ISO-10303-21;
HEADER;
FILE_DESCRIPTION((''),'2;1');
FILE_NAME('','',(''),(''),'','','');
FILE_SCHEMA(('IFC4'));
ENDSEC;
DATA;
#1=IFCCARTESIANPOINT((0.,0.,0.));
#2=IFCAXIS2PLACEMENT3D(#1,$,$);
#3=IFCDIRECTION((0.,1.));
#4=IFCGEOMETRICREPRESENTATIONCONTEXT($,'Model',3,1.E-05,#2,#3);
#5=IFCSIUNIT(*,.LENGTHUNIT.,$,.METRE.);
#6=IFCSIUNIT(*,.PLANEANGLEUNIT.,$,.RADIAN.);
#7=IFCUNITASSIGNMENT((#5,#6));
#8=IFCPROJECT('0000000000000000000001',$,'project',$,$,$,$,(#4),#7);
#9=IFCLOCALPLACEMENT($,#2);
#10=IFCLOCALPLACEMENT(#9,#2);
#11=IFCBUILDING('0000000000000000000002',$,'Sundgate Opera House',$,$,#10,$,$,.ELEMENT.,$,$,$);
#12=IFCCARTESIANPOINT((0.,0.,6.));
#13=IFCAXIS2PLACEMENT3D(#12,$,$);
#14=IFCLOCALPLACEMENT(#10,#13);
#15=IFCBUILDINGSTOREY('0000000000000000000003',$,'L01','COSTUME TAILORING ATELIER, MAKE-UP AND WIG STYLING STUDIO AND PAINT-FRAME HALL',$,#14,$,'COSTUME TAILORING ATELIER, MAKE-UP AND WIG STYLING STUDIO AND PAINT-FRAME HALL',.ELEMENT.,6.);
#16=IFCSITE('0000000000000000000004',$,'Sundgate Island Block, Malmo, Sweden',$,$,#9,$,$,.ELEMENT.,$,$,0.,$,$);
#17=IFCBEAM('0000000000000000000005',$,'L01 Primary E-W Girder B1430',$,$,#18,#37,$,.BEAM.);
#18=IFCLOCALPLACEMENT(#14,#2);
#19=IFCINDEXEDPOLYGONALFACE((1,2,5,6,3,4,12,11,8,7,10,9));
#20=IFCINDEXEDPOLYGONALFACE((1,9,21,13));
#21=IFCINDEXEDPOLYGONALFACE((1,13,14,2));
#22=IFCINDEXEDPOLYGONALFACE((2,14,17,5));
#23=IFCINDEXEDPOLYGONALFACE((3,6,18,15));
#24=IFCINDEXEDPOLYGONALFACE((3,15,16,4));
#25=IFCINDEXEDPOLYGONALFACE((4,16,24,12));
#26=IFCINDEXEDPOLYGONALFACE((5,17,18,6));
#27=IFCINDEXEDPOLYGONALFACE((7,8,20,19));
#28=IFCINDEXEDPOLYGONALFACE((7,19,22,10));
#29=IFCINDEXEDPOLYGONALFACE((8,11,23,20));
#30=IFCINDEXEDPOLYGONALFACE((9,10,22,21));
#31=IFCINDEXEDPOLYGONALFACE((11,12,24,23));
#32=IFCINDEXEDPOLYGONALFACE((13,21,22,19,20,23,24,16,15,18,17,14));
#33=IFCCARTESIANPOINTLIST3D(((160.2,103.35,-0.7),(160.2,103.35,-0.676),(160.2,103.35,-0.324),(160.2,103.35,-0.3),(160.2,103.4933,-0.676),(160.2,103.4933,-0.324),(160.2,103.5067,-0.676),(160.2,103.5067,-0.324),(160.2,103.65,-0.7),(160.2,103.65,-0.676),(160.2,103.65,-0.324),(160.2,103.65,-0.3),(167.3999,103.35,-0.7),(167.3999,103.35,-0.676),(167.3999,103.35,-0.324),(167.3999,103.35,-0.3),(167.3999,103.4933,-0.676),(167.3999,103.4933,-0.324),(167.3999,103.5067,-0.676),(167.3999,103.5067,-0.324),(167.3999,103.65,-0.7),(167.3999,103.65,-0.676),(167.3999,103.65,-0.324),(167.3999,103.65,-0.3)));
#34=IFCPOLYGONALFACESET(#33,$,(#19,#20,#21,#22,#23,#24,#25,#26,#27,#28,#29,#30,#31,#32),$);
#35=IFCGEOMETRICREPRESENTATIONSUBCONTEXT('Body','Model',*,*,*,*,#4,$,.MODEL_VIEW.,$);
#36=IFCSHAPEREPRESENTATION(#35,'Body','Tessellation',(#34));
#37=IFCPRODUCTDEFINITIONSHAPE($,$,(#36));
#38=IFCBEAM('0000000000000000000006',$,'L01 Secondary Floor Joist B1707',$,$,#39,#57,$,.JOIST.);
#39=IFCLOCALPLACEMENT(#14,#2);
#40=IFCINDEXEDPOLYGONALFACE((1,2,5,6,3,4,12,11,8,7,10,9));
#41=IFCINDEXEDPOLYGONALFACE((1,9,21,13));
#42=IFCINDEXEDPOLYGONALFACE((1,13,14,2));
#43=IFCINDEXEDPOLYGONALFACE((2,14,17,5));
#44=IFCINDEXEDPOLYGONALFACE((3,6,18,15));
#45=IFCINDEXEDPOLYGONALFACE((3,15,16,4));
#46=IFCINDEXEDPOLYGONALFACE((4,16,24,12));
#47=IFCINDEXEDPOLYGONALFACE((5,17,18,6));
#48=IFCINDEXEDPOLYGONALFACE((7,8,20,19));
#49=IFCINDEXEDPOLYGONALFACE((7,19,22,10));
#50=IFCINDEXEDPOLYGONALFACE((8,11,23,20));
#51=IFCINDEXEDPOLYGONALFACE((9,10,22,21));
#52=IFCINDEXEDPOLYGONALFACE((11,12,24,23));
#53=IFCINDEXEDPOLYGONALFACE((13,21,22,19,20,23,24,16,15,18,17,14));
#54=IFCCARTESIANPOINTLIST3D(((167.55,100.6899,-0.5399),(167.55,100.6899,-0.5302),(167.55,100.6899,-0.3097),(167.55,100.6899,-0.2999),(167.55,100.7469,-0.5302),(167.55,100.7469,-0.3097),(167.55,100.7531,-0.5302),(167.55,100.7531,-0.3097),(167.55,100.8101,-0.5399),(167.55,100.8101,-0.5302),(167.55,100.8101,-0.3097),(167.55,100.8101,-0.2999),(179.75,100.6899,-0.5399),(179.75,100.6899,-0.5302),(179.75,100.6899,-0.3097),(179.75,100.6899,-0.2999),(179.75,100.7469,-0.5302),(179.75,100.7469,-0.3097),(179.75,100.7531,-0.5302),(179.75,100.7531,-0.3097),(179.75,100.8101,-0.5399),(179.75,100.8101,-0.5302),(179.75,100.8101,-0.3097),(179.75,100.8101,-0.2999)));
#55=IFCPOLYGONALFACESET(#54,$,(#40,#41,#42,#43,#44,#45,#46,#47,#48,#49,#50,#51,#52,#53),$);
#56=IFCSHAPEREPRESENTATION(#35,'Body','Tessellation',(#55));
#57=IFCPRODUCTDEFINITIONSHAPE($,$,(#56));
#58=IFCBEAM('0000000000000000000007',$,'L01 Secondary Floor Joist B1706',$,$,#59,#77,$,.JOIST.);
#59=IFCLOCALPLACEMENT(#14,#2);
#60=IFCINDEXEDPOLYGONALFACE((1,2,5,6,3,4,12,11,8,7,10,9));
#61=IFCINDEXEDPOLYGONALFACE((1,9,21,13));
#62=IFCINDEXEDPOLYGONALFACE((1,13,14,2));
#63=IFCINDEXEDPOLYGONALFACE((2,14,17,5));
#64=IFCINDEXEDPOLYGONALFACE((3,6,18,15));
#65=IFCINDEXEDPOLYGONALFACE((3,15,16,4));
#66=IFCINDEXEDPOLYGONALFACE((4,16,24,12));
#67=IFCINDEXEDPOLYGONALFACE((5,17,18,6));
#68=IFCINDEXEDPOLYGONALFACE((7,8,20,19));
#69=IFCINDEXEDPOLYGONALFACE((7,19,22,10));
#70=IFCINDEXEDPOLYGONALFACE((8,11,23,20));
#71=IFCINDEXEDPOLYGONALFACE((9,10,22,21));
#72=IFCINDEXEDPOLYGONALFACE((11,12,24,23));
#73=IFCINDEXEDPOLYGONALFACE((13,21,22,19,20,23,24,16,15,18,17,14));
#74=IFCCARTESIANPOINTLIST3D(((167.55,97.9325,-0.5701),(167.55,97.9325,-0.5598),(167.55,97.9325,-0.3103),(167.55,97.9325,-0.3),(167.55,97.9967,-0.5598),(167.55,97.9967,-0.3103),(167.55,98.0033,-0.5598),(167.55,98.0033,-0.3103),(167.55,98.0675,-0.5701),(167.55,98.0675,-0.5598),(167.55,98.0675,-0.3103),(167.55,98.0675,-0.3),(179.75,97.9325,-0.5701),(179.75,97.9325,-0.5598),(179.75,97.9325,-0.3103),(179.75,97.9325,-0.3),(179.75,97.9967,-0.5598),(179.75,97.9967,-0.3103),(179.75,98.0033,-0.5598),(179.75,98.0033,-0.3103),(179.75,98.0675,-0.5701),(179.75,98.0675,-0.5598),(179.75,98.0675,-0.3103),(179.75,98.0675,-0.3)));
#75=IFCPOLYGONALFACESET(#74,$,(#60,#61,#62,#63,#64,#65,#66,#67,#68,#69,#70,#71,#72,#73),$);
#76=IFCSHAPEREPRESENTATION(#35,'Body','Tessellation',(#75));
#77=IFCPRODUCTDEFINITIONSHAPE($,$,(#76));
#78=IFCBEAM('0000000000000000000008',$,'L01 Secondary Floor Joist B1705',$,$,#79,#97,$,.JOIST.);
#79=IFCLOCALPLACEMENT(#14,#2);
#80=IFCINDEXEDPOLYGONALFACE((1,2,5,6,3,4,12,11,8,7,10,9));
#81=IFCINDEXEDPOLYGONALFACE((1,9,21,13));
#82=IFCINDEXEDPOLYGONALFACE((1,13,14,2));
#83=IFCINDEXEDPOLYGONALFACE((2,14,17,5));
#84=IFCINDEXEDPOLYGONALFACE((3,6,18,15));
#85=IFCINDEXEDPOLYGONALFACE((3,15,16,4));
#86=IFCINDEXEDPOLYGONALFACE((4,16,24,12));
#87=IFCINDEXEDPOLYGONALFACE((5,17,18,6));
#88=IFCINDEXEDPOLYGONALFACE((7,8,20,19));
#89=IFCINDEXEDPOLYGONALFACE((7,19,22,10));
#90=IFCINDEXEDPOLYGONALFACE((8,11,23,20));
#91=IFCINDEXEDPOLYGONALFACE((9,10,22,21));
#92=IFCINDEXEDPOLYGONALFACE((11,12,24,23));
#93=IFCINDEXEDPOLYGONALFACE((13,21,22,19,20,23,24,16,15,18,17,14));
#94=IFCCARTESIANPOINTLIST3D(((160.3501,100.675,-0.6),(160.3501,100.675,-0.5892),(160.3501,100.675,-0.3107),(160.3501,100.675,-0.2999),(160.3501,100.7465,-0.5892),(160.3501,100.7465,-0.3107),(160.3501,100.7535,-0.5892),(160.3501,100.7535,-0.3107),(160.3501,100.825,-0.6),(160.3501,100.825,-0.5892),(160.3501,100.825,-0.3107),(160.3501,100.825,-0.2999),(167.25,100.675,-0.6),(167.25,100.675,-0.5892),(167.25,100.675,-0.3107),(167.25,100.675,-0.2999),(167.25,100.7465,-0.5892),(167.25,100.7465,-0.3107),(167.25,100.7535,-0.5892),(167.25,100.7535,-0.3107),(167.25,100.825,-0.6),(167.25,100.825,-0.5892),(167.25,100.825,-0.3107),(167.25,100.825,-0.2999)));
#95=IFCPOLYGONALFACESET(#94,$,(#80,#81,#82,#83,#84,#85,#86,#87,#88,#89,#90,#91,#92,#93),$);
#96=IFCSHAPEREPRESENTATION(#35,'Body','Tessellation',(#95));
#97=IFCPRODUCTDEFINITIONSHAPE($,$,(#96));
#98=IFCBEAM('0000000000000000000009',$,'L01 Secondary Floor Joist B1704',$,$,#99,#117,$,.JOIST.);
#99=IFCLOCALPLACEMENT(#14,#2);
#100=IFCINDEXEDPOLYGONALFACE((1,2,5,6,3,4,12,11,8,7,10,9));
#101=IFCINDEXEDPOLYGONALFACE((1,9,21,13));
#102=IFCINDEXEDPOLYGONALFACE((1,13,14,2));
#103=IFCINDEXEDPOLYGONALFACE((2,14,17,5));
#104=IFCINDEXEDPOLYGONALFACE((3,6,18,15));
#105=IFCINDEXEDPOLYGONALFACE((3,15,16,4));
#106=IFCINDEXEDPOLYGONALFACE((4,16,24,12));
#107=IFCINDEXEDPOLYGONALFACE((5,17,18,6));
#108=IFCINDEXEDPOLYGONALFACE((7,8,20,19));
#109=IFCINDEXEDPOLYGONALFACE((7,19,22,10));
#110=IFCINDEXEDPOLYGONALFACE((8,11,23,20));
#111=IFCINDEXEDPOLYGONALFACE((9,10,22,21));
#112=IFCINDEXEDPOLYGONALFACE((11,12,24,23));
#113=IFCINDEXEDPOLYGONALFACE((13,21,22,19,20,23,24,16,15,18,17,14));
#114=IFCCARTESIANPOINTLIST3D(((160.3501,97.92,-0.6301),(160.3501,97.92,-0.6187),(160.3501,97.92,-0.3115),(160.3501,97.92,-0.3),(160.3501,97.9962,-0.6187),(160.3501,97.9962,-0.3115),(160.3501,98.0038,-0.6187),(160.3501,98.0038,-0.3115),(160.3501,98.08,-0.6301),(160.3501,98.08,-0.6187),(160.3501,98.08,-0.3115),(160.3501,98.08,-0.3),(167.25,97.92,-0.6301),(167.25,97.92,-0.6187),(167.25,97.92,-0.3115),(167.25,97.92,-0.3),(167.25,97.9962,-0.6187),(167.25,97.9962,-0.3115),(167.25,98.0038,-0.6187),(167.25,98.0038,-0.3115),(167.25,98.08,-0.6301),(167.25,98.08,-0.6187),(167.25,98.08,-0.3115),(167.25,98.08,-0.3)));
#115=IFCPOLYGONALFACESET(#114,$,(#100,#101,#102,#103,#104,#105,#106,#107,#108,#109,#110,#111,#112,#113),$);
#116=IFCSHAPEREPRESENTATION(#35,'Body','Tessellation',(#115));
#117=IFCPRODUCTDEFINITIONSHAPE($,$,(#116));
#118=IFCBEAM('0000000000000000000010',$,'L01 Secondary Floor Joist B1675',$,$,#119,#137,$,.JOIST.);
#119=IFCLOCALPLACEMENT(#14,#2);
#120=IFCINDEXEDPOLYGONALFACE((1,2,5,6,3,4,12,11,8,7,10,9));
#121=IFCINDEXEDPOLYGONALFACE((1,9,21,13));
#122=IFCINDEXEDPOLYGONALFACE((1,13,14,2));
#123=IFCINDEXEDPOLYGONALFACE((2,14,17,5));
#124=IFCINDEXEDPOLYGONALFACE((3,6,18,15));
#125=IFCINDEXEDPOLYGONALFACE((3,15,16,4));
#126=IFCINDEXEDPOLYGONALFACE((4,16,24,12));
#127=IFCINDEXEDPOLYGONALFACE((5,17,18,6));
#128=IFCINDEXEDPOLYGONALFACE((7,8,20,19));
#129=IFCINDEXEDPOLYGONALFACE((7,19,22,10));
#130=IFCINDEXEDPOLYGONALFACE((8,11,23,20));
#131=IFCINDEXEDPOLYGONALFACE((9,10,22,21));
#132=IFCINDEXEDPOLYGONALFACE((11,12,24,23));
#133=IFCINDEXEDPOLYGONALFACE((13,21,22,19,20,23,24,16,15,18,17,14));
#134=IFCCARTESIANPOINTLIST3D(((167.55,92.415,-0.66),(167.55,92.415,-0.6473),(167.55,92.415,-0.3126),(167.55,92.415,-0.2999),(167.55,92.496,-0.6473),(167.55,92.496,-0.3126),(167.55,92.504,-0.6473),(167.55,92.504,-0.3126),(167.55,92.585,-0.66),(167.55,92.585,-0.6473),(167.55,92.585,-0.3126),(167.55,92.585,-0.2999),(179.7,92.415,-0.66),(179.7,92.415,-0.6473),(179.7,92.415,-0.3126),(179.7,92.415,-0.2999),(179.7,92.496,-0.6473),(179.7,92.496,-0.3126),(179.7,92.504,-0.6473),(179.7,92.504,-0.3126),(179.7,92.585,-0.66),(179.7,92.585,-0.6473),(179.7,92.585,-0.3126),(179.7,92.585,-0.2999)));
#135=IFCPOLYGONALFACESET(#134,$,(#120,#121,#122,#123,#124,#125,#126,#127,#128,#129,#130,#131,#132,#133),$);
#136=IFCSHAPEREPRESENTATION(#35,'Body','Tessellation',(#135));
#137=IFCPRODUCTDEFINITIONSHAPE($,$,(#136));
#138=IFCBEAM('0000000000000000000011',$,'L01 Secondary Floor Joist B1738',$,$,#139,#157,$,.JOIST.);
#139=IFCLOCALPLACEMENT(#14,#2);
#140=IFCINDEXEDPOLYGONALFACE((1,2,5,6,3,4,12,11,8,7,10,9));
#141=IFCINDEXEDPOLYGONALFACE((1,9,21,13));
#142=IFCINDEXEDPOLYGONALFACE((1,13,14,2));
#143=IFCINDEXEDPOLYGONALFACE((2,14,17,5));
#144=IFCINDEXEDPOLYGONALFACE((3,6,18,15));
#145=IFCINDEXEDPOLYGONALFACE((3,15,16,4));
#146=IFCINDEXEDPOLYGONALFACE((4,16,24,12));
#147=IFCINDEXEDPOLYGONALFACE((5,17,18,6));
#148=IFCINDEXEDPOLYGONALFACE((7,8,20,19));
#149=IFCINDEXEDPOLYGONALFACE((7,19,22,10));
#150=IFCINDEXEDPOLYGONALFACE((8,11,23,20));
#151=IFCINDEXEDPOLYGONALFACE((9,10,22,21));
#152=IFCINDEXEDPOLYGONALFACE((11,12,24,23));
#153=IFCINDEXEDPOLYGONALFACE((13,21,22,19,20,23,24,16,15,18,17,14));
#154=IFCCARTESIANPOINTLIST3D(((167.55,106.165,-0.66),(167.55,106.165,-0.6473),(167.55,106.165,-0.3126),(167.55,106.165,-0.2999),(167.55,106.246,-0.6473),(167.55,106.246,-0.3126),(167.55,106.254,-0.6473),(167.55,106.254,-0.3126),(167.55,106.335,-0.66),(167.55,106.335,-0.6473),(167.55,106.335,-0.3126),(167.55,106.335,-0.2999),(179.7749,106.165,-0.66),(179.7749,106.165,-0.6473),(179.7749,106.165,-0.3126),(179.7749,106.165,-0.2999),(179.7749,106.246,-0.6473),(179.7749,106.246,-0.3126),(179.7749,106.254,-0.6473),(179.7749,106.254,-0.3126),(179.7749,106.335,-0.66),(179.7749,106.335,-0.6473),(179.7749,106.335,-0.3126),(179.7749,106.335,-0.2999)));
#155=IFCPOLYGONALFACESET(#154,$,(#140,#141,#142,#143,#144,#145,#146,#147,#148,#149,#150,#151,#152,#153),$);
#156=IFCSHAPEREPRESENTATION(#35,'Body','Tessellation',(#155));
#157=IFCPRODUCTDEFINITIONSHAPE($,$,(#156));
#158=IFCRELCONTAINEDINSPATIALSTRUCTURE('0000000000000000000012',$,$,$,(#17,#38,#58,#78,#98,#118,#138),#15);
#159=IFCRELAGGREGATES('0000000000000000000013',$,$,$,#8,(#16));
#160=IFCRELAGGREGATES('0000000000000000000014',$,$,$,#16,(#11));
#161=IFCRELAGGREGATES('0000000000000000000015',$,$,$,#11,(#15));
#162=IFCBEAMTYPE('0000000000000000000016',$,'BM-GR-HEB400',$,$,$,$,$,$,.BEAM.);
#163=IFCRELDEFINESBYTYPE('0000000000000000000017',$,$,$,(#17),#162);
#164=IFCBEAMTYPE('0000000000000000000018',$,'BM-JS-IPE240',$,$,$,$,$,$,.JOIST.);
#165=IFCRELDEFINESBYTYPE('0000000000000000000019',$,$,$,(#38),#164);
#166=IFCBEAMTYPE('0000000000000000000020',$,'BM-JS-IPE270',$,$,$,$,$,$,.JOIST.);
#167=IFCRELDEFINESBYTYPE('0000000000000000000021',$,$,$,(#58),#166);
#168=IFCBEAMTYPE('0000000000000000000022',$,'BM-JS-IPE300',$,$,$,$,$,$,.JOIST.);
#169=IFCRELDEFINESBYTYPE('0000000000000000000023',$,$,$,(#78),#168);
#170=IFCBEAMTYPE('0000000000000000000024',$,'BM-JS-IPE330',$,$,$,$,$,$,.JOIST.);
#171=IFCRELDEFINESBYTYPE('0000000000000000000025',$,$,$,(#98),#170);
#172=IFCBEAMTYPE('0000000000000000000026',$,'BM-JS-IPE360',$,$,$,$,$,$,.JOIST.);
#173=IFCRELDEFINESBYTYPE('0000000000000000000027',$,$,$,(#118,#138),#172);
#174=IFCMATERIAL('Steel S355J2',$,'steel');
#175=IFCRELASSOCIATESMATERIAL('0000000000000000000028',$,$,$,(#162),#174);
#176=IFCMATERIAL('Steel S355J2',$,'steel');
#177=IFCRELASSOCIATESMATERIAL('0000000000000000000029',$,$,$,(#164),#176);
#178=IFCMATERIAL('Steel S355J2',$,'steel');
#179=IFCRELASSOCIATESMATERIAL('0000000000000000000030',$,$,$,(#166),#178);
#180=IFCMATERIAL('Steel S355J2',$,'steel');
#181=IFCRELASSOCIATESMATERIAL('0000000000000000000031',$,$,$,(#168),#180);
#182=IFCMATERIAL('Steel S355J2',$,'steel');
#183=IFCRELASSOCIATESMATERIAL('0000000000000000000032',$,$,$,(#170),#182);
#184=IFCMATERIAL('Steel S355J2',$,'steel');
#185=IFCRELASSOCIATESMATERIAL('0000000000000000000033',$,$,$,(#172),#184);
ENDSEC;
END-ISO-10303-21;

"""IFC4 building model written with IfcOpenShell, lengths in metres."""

from ifc_helpers import new_model, si_unit, direction, frame, origin, origin_2d, place, context, subcontext, project, spatial, i_section, extrude, material, material_profile, profile_set, type_object, element, save


model = new_model("IFC4")

# Units and contexts
model_context = context("Model", 3, precision=1e-05, world=origin(), true_north=direction((0.0, 1.0)))
body_context = subcontext(model_context, "Body", "Model", "MODEL_VIEW")
ifc_project = project(units=[si_unit("LENGTHUNIT", "METRE"), si_unit("PLANEANGLEUNIT", "RADIAN")], contexts=[model_context])

# Site, building, storey
site_placement = place(None, origin())
site = spatial("IfcSite", under=ifc_project, at=site_placement, Name="Sundgate Island Block, Malmo, Sweden", CompositionType="ELEMENT", RefElevation=0.0)
building_placement = place(site_placement, origin())
building = spatial("IfcBuilding", under=site, at=building_placement, Name="Sundgate Opera House", CompositionType="ELEMENT")
storey_placement = place(building_placement, frame((0.0, 0.0, 6.0)))
storey = spatial("IfcBuildingStorey", under=building, at=storey_placement, Name="L01", Description="COSTUME TAILORING ATELIER, MAKE-UP AND WIG STYLING STUDIO AND PAINT-FRAME HALL", LongName="COSTUME TAILORING ATELIER, MAKE-UP AND WIG STYLING STUDIO AND PAINT-FRAME HALL", CompositionType="ELEMENT", Elevation=6.0)

# Beams
ifc_material_1 = material(Name="Steel S355J2", Category="steel")
ifc_material_profile_1 = material_profile(ifc_material_1, i_section(OverallWidth=0.3, OverallDepth=0.3999, WebThickness=0.0134, FlangeThickness=0.0239, at=origin_2d()), Name="HEB 400")
ifc_profile_set_1 = profile_set([ifc_material_profile_1], Name="Steel S355J2")
beam_type_1 = type_object("IfcBeamType", Name="BM-GR-HEB400", PredefinedType="BEAM", material=ifc_profile_set_1)
beam_1_placement = place(storey_placement, frame((160.2, 103.5, -0.5), z_axis=(1.0, 0.0, 0.0), x_axis=(0.0, 1.0, 0.0)))
element("IfcBeam", 1, at=beam_1_placement, inside=storey, type_object=beam_type_1, Name="L01 Primary E-W Girder B1430", PredefinedType="BEAM", context=body_context, shape_type="SweptSolid", body=[
    extrude(i_section(OverallWidth=0.3, OverallDepth=0.3999, WebThickness=0.0134, FlangeThickness=0.0239, at=origin_2d()), origin(), (0.0, 0.0, 1.0), 7.2),
])
ifc_material_2 = material(Name="Steel S355J2", Category="steel")
ifc_material_profile_2 = material_profile(ifc_material_2, i_section(OverallWidth=0.1201, OverallDepth=0.24, WebThickness=0.0061, FlangeThickness=0.0098, at=origin_2d()), Name="IPE 240")
ifc_profile_set_2 = profile_set([ifc_material_profile_2], Name="Steel S355J2")
beam_type_2 = type_object("IfcBeamType", Name="BM-JS-IPE240", PredefinedType="JOIST", material=ifc_profile_set_2)
beam_2_placement = place(storey_placement, frame((167.55, 100.75, -0.4199), z_axis=(1.0, 0.0, 0.0), x_axis=(0.0, 1.0, 0.0)))
element("IfcBeam", 2, at=beam_2_placement, inside=storey, type_object=beam_type_2, Name="L01 Secondary Floor Joist B1707", PredefinedType="JOIST", context=body_context, shape_type="SweptSolid", body=[
    extrude(i_section(OverallWidth=0.1201, OverallDepth=0.24, WebThickness=0.0061, FlangeThickness=0.0098, at=origin_2d()), origin(), (0.0, 0.0, 1.0), 12.2),
])
ifc_material_3 = material(Name="Steel S355J2", Category="steel")
ifc_material_profile_3 = material_profile(ifc_material_3, i_section(OverallWidth=0.135, OverallDepth=0.27, WebThickness=0.0066, FlangeThickness=0.0103, at=origin_2d()), Name="IPE 270")
ifc_profile_set_3 = profile_set([ifc_material_profile_3], Name="Steel S355J2")
beam_type_3 = type_object("IfcBeamType", Name="BM-JS-IPE270", PredefinedType="JOIST", material=ifc_profile_set_3)
beam_3_placement = place(storey_placement, frame((167.55, 98.0, -0.4351), z_axis=(1.0, 0.0, 0.0), x_axis=(0.0, 1.0, 0.0)))
element("IfcBeam", 3, at=beam_3_placement, inside=storey, type_object=beam_type_3, Name="L01 Secondary Floor Joist B1706", PredefinedType="JOIST", context=body_context, shape_type="SweptSolid", body=[
    extrude(i_section(OverallWidth=0.135, OverallDepth=0.27, WebThickness=0.0066, FlangeThickness=0.0103, at=origin_2d()), origin(), (0.0, 0.0, 1.0), 12.2),
])
ifc_material_4 = material(Name="Steel S355J2", Category="steel")
ifc_material_profile_4 = material_profile(ifc_material_4, i_section(OverallWidth=0.1499, OverallDepth=0.3, WebThickness=0.0071, FlangeThickness=0.0107, at=origin_2d()), Name="IPE 300")
ifc_profile_set_4 = profile_set([ifc_material_profile_4], Name="Steel S355J2")
beam_type_4 = type_object("IfcBeamType", Name="BM-JS-IPE300", PredefinedType="JOIST", material=ifc_profile_set_4)
beam_4_placement = place(storey_placement, frame((160.3501, 100.75, -0.45), z_axis=(1.0, 0.0, 0.0), x_axis=(0.0, 1.0, 0.0)))
element("IfcBeam", 4, at=beam_4_placement, inside=storey, type_object=beam_type_4, Name="L01 Secondary Floor Joist B1705", PredefinedType="JOIST", context=body_context, shape_type="SweptSolid", body=[
    extrude(i_section(OverallWidth=0.1499, OverallDepth=0.3, WebThickness=0.0071, FlangeThickness=0.0107, at=origin_2d()), origin(), (0.0, 0.0, 1.0), 6.8999),
])
ifc_material_5 = material(Name="Steel S355J2", Category="steel")
ifc_material_profile_5 = material_profile(ifc_material_5, i_section(OverallWidth=0.1599, OverallDepth=0.3301, WebThickness=0.0076, FlangeThickness=0.0115, at=origin_2d()), Name="IPE 330")
ifc_profile_set_5 = profile_set([ifc_material_profile_5], Name="Steel S355J2")
beam_type_5 = type_object("IfcBeamType", Name="BM-JS-IPE330", PredefinedType="JOIST", material=ifc_profile_set_5)
beam_5_placement = place(storey_placement, frame((160.3501, 98.0, -0.4651), z_axis=(1.0, 0.0, 0.0), x_axis=(0.0, 1.0, 0.0)))
element("IfcBeam", 5, at=beam_5_placement, inside=storey, type_object=beam_type_5, Name="L01 Secondary Floor Joist B1704", PredefinedType="JOIST", context=body_context, shape_type="SweptSolid", body=[
    extrude(i_section(OverallWidth=0.1599, OverallDepth=0.3301, WebThickness=0.0076, FlangeThickness=0.0115, at=origin_2d()), origin(), (0.0, 0.0, 1.0), 6.8999),
])
ifc_material_6 = material(Name="Steel S355J2", Category="steel")
ifc_material_profile_6 = material_profile(ifc_material_6, i_section(OverallWidth=0.1699, OverallDepth=0.3601, WebThickness=0.0081, FlangeThickness=0.0127, at=origin_2d()), Name="IPE 360")
ifc_profile_set_6 = profile_set([ifc_material_profile_6], Name="Steel S355J2")
beam_type_6 = type_object("IfcBeamType", Name="BM-JS-IPE360", PredefinedType="JOIST", material=ifc_profile_set_6)
beam_6_placement = place(storey_placement, frame((167.55, 92.5, -0.48), z_axis=(1.0, 0.0, 0.0), x_axis=(0.0, 1.0, 0.0)))
element("IfcBeam", 6, at=beam_6_placement, inside=storey, type_object=beam_type_6, Name="L01 Secondary Floor Joist B1675", PredefinedType="JOIST", context=body_context, shape_type="SweptSolid", body=[
    extrude(i_section(OverallWidth=0.1699, OverallDepth=0.3601, WebThickness=0.0081, FlangeThickness=0.0127, at=origin_2d()), origin(), (0.0, 0.0, 1.0), 12.1499),
])
beam_7_placement = place(storey_placement, frame((167.55, 106.25, -0.48), z_axis=(1.0, 0.0, 0.0), x_axis=(0.0, 1.0, 0.0)))
element("IfcBeam", 7, at=beam_7_placement, inside=storey, type_object=beam_type_6, Name="L01 Secondary Floor Joist B1738", PredefinedType="JOIST", context=body_context, shape_type="SweptSolid", body=[
    extrude(i_section(OverallWidth=0.1699, OverallDepth=0.3601, WebThickness=0.0081, FlangeThickness=0.0127, at=origin_2d()), origin(), (0.0, 0.0, 1.0), 12.2249),
])

save(model, "model.ifc")
